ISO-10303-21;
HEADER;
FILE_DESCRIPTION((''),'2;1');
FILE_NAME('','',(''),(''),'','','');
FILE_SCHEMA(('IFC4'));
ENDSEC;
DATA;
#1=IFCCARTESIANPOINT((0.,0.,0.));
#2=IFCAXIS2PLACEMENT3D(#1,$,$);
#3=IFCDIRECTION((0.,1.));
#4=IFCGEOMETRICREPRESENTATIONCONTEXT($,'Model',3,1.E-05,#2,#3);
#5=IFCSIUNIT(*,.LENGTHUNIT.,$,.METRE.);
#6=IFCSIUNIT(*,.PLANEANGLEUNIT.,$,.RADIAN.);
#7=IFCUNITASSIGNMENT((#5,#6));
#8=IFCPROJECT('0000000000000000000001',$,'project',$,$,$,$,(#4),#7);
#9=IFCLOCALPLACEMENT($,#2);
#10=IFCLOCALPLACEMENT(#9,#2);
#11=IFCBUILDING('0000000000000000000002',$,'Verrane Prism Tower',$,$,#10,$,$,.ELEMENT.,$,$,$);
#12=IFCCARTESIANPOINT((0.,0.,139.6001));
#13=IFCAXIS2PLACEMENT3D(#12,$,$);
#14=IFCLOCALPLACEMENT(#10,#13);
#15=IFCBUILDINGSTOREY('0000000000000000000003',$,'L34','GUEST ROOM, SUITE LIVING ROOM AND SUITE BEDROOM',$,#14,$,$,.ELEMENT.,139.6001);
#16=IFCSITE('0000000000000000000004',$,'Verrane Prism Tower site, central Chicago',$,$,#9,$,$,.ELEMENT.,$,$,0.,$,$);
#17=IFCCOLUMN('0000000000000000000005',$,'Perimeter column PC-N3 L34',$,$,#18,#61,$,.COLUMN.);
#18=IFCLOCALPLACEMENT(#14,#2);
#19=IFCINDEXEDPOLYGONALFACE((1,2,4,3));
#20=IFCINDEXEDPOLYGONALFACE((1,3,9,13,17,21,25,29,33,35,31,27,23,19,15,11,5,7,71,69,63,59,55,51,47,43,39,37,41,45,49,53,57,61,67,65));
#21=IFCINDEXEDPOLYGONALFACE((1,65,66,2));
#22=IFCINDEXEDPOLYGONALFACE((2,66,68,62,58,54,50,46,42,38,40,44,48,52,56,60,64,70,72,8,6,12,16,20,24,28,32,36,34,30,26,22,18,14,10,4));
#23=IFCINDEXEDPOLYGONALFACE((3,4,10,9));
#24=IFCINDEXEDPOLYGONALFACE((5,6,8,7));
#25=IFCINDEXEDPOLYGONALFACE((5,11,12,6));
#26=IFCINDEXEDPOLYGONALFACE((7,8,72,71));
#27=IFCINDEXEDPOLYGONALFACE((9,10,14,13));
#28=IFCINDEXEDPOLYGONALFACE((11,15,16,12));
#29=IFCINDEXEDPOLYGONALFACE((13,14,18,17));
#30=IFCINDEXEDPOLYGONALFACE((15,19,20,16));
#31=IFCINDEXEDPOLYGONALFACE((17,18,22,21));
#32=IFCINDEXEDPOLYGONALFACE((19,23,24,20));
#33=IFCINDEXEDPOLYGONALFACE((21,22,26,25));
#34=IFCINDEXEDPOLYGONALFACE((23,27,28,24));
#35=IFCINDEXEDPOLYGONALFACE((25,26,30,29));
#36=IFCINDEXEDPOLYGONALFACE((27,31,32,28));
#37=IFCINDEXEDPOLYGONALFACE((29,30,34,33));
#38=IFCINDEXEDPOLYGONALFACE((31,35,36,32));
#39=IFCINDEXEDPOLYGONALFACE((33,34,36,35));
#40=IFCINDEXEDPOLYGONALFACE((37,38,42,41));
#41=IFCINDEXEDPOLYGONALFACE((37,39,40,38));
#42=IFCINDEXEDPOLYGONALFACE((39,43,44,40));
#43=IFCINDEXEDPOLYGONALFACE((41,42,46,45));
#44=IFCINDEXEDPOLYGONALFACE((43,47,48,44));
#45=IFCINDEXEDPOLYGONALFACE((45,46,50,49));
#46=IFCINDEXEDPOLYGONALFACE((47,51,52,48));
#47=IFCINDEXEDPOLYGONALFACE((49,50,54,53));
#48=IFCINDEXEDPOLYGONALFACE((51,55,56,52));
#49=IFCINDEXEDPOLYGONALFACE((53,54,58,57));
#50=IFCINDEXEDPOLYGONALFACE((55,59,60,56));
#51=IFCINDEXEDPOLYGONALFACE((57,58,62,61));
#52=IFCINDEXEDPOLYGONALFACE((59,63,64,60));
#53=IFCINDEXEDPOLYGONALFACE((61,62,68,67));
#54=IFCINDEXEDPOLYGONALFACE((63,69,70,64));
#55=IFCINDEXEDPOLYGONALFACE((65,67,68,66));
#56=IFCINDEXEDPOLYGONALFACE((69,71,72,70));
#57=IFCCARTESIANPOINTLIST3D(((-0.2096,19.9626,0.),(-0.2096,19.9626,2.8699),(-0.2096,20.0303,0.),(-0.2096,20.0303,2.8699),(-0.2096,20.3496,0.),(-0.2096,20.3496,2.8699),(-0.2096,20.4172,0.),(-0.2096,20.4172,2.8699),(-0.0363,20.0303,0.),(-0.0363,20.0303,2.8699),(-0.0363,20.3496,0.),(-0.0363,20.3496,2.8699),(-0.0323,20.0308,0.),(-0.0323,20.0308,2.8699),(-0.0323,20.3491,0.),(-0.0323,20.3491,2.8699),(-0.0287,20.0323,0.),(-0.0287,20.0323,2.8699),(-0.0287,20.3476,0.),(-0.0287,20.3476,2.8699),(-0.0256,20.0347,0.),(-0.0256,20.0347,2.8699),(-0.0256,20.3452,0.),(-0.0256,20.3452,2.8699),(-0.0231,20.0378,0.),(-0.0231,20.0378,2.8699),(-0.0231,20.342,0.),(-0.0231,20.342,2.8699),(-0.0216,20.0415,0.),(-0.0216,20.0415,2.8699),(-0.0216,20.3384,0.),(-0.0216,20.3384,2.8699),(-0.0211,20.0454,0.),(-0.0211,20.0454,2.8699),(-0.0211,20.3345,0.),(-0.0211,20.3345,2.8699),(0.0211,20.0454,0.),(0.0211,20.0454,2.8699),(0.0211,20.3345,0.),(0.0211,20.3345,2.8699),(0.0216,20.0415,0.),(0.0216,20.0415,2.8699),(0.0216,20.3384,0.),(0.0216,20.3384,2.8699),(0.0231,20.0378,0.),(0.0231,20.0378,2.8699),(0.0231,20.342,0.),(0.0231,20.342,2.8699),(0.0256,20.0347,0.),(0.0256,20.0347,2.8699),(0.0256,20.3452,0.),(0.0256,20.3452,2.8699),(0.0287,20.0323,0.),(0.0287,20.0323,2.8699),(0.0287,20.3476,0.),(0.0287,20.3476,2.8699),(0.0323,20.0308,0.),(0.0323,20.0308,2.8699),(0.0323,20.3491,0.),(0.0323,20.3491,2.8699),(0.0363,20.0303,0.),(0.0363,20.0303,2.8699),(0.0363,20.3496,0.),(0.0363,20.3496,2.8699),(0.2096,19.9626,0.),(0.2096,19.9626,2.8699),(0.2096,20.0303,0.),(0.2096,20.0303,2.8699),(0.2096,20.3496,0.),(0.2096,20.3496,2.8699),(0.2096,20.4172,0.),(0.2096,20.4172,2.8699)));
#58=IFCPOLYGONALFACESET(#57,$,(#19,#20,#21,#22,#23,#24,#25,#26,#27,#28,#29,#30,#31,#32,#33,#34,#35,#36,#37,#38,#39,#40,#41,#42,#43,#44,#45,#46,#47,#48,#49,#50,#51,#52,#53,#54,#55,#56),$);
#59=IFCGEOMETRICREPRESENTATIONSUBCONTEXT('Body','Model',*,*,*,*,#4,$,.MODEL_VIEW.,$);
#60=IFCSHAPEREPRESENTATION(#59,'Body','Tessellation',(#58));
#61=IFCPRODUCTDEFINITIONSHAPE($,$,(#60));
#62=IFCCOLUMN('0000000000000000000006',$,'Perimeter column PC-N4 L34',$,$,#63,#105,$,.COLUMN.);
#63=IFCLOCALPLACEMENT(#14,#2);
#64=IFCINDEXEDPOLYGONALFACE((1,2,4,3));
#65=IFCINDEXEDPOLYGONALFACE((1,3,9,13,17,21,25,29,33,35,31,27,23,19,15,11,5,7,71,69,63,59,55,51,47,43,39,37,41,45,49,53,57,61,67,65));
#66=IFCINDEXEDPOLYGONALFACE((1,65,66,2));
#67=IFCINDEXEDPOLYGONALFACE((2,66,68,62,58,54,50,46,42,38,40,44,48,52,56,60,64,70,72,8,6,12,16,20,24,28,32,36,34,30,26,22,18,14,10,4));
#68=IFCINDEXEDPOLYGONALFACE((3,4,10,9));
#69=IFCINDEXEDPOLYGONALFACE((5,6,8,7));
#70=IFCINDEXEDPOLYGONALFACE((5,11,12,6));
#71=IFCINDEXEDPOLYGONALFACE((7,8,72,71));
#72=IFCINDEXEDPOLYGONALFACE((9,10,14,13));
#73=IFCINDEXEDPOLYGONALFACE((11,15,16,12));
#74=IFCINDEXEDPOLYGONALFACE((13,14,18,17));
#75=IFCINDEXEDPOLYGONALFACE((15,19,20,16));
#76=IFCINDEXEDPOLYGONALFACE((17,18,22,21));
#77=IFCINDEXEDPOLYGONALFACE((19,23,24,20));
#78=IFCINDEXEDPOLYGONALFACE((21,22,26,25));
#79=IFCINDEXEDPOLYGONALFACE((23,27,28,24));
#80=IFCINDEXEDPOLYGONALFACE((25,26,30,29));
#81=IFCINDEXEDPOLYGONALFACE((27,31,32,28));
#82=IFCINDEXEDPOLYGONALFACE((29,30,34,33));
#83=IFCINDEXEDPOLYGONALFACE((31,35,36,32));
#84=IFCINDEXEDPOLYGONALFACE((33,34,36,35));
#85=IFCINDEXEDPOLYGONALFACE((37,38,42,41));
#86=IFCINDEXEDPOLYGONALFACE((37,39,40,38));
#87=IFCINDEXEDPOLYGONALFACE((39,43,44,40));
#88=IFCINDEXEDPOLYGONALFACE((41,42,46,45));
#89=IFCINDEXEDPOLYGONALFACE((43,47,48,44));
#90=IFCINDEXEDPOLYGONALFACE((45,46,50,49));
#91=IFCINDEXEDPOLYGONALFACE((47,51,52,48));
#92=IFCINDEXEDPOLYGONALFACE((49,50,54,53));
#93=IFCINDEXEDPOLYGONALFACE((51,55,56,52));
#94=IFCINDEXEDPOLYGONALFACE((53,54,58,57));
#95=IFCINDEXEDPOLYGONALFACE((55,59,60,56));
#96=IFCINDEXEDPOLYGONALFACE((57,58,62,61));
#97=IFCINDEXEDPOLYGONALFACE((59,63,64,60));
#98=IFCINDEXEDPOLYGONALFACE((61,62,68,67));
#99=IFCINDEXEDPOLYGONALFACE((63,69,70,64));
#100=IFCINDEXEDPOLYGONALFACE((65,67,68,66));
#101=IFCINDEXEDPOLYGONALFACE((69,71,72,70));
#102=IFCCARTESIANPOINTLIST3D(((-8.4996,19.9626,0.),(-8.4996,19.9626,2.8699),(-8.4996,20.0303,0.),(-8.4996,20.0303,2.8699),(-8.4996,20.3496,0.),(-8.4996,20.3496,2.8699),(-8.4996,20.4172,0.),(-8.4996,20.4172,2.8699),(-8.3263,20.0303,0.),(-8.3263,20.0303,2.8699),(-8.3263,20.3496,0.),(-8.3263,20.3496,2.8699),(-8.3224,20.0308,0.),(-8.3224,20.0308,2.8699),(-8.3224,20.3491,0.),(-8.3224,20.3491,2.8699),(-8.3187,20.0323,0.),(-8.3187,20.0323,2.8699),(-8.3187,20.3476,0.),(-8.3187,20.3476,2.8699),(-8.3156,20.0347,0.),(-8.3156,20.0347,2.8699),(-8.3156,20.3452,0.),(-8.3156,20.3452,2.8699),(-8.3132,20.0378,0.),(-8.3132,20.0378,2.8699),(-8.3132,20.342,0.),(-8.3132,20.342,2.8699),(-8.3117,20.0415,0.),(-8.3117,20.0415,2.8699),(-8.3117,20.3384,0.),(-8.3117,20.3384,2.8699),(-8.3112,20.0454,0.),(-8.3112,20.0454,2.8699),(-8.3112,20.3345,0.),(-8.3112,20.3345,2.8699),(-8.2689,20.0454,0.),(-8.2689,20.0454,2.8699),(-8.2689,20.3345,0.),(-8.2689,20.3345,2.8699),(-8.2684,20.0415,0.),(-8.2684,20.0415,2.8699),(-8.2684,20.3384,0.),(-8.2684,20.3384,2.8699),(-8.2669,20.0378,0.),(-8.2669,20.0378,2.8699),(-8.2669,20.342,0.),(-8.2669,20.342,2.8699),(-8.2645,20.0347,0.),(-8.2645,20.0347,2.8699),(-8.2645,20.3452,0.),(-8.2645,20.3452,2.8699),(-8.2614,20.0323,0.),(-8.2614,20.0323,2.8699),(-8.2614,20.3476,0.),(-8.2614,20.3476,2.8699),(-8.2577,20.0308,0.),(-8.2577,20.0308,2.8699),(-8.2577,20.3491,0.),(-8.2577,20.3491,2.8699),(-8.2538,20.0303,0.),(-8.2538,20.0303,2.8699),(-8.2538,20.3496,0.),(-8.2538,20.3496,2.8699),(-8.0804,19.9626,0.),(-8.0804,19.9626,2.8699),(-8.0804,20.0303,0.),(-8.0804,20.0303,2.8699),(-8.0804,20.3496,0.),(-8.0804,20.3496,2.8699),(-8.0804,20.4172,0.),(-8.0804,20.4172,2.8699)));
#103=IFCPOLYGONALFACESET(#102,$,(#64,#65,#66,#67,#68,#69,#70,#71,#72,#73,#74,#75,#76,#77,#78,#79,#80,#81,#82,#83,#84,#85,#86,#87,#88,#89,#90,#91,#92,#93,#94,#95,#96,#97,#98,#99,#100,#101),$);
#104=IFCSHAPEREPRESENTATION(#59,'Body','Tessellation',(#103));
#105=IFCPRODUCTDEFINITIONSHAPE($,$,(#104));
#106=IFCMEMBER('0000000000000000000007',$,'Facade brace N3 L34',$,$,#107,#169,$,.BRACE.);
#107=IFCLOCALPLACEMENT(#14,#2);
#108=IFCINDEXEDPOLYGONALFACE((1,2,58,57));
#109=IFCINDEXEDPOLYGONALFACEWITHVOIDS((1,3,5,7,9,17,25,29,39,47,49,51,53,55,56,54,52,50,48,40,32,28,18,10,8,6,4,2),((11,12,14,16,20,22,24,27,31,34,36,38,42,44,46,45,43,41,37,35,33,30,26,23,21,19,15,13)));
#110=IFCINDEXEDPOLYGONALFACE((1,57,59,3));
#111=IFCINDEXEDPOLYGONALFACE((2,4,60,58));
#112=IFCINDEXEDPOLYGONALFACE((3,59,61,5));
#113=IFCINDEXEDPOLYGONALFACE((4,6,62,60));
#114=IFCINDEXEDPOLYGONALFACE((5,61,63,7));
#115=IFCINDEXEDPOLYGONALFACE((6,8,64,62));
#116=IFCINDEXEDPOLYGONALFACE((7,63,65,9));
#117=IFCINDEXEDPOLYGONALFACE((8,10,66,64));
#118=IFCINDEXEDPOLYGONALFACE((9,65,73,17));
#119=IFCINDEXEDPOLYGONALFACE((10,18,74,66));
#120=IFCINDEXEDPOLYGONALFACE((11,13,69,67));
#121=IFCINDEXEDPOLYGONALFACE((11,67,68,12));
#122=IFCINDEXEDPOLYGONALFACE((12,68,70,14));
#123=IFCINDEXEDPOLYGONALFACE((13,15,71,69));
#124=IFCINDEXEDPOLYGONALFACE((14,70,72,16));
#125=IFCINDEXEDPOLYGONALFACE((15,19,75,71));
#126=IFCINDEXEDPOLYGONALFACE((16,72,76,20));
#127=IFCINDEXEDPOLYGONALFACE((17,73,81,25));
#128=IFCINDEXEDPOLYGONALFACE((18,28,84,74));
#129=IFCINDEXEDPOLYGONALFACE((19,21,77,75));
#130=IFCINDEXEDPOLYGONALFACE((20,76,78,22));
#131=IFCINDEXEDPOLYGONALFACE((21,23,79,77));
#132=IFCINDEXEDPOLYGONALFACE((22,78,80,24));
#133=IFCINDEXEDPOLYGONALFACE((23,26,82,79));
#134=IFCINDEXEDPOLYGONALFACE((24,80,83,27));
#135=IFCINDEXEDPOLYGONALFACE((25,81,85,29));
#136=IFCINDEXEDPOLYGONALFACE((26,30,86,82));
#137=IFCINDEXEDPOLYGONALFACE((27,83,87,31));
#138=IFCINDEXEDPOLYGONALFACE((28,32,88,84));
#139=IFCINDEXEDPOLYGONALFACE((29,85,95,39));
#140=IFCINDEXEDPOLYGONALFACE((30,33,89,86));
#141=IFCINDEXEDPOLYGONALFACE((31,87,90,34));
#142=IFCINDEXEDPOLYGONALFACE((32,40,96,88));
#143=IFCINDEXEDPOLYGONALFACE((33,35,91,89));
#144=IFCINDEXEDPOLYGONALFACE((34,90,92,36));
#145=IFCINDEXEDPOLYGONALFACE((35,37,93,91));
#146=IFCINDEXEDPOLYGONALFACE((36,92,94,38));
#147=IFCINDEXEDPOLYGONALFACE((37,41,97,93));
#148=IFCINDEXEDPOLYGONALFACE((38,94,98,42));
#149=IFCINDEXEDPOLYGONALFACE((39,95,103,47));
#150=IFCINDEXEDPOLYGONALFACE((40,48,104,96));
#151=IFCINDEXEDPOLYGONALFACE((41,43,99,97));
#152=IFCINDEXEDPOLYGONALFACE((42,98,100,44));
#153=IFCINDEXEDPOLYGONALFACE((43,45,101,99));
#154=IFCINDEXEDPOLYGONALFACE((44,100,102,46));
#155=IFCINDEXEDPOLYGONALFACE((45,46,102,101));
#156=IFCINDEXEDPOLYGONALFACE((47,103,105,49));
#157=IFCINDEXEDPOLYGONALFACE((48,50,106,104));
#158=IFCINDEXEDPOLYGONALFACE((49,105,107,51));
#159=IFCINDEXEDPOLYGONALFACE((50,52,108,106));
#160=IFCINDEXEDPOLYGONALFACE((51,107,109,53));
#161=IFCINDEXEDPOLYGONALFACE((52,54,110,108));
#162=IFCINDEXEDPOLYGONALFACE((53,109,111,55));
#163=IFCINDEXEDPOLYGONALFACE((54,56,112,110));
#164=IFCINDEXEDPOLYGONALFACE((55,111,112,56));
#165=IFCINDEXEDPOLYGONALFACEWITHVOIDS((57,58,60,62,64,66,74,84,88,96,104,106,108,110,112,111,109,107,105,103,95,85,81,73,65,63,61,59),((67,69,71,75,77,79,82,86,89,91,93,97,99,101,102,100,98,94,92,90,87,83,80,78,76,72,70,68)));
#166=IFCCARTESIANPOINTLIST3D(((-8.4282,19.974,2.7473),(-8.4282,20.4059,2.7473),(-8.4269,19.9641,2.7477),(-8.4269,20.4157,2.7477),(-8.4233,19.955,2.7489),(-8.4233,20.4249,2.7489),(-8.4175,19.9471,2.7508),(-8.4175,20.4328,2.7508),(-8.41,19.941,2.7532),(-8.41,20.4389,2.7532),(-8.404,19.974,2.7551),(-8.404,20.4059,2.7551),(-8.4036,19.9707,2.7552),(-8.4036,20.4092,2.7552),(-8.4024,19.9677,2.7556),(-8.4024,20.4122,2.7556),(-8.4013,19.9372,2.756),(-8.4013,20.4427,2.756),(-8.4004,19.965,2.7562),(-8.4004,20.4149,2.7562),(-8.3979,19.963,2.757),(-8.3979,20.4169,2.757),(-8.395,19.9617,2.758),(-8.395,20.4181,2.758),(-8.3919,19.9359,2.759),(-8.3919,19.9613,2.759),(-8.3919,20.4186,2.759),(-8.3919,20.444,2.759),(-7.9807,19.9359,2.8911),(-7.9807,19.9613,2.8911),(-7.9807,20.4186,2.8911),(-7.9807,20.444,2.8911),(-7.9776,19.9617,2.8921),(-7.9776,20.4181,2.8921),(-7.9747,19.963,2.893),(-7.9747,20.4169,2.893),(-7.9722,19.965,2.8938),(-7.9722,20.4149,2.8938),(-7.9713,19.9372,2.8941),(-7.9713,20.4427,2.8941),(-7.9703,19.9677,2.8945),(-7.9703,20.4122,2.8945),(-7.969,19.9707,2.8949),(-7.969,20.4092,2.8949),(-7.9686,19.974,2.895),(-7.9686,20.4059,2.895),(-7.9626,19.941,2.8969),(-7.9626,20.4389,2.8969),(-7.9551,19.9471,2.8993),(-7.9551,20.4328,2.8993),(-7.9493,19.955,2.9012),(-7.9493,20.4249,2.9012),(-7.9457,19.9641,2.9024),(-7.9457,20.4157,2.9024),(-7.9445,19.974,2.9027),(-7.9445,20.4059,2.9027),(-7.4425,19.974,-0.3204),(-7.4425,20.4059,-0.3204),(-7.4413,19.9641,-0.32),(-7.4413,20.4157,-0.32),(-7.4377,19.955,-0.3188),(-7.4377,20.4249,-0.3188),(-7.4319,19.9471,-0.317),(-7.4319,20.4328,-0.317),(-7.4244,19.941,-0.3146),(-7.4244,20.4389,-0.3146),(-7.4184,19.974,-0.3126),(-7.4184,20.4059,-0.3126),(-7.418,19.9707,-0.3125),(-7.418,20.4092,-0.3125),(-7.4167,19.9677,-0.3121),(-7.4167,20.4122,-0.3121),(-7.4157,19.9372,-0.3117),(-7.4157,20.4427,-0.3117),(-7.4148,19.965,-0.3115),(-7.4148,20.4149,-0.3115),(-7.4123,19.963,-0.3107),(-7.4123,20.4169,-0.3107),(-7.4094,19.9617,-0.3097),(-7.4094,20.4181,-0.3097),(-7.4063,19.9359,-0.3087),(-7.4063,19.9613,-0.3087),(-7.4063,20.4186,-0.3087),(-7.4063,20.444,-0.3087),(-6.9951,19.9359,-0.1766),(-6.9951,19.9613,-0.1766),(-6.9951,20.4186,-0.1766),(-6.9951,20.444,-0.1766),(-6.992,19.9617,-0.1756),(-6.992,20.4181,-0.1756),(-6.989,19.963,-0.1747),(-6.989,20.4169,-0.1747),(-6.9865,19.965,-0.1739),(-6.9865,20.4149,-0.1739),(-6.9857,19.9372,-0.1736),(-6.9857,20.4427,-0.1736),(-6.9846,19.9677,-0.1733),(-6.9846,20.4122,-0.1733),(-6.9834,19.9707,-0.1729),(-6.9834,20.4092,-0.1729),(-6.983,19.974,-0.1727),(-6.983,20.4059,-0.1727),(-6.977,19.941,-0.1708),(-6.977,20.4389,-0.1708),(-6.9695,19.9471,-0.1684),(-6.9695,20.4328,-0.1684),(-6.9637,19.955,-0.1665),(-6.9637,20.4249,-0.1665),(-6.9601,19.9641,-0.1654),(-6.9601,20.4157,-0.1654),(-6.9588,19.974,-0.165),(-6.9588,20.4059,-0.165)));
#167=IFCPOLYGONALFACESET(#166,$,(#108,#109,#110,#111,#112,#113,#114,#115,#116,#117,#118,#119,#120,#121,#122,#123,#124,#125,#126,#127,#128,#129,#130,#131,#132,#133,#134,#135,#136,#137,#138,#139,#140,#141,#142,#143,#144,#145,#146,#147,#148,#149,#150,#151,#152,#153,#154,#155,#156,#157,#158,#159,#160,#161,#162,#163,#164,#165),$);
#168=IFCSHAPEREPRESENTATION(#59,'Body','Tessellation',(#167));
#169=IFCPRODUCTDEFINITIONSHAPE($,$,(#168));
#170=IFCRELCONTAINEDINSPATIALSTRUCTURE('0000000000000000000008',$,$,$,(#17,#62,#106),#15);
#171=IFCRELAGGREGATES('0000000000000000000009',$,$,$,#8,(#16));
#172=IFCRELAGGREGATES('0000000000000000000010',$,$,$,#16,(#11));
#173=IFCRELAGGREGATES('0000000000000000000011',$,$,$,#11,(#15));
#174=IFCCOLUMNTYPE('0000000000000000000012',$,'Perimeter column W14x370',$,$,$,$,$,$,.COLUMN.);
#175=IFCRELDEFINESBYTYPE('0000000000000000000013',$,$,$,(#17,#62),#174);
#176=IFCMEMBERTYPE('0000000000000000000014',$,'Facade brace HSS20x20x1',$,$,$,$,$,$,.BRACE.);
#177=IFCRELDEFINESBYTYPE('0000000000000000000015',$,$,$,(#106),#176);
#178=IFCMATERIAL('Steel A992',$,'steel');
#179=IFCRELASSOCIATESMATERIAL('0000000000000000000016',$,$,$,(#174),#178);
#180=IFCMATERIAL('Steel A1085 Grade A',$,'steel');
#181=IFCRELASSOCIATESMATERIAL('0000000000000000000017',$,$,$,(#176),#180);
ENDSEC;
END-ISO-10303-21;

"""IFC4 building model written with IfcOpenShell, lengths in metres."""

from ifc_helpers import new_model, si_unit, direction, frame, origin, origin_2d, place, context, subcontext, project, spatial, hollow_rectangle, i_section, extrude, material, material_profile, profile_set, type_object, element, save


model = new_model("IFC4")

# Units and contexts
model_context = context("Model", 3, precision=1e-05, world=origin(), true_north=direction((0.0, 1.0)))
body_context = subcontext(model_context, "Body", "Model", "MODEL_VIEW")
ifc_project = project(units=[si_unit("LENGTHUNIT", "METRE"), si_unit("PLANEANGLEUNIT", "RADIAN")], contexts=[model_context])

# Site, building, storey
site_placement = place(None, origin())
site = spatial("IfcSite", under=ifc_project, at=site_placement, Name="Verrane Prism Tower site, central Chicago", CompositionType="ELEMENT", RefElevation=0.0)
building_placement = place(site_placement, origin())
building = spatial("IfcBuilding", under=site, at=building_placement, Name="Verrane Prism Tower", CompositionType="ELEMENT")
storey_placement = place(building_placement, frame((0.0, 0.0, 139.6001)))
storey = spatial("IfcBuildingStorey", under=building, at=storey_placement, Name="L34", Description="GUEST ROOM, SUITE LIVING ROOM AND SUITE BEDROOM", CompositionType="ELEMENT", Elevation=139.6001)

# Columns
ifc_material_1 = material(Name="Steel A992", Category="steel")
ifc_material_profile_1 = material_profile(ifc_material_1, i_section(OverallWidth=0.4192, OverallDepth=0.4546, WebThickness=0.0422, FlangeThickness=0.0676, FilletRadius=0.0151, at=origin_2d()), Name="W14x370")
ifc_profile_set_1 = profile_set([ifc_material_profile_1], Name="Steel A992")
column_type = type_object("IfcColumnType", Name="Perimeter column W14x370", PredefinedType="COLUMN", material=ifc_profile_set_1)
for number, where, z_axis, x_axis, name in (
    (1, (0.0, 20.1899, 0.0), (0.0, 0.0, 1.0), (1.0, 0.0, 0.0), "Perimeter column PC-N3 L34"),
    (2, (-8.29, 20.1899, 0.0), (0.0, 0.0, 1.0), (1.0, 0.0, 0.0), "Perimeter column PC-N4 L34"),
):
    element("IfcColumn", number, at=place(storey_placement, frame(where, z_axis=z_axis, x_axis=x_axis)), inside=storey, type_object=column_type, Name=name, PredefinedType="COLUMN", context=body_context, shape_type="SweptSolid", body=[
        extrude(i_section(OverallWidth=0.4192, OverallDepth=0.4546, WebThickness=0.0422, FlangeThickness=0.0676, FilletRadius=0.0151, at=origin_2d()), origin(), (0.0, 0.0, 1.0), 2.8699),
    ])

# Member
ifc_material_2 = material(Name="Steel A1085 Grade A", Category="steel")
ifc_material_profile_2 = material_profile(ifc_material_2, hollow_rectangle(XDim=0.5081, YDim=0.5081, WallThickness=0.0254, InnerFilletRadius=0.0127, OuterFilletRadius=0.0381, at=origin_2d()), Name="HSS20x20x1")
ifc_profile_set_2 = profile_set([ifc_material_profile_2], Name="Steel A1085 Grade A")
member_type_1 = type_object("IfcMemberType", Name="Facade brace HSS20x20x1", PredefinedType="BRACE", material=ifc_profile_set_2)
member_1_placement = place(storey_placement, frame((-7.2007, 20.1899, -0.2427), z_axis=(-0.305889, 0.0, 0.952067), x_axis=(0.0, -1.0, 0.0)))
element("IfcMember", 3, at=member_1_placement, inside=storey, type_object=member_type_1, Name="Facade brace N3 L34", PredefinedType="BRACE", context=body_context, shape_type="SweptSolid", body=[
    extrude(hollow_rectangle(XDim=0.5081, YDim=0.5081, WallThickness=0.0254, InnerFilletRadius=0.0127, OuterFilletRadius=0.0381, at=origin_2d()), origin(), (0.0, 0.0, 1.0), 3.2222),
])

save(model, "model.ifc")
